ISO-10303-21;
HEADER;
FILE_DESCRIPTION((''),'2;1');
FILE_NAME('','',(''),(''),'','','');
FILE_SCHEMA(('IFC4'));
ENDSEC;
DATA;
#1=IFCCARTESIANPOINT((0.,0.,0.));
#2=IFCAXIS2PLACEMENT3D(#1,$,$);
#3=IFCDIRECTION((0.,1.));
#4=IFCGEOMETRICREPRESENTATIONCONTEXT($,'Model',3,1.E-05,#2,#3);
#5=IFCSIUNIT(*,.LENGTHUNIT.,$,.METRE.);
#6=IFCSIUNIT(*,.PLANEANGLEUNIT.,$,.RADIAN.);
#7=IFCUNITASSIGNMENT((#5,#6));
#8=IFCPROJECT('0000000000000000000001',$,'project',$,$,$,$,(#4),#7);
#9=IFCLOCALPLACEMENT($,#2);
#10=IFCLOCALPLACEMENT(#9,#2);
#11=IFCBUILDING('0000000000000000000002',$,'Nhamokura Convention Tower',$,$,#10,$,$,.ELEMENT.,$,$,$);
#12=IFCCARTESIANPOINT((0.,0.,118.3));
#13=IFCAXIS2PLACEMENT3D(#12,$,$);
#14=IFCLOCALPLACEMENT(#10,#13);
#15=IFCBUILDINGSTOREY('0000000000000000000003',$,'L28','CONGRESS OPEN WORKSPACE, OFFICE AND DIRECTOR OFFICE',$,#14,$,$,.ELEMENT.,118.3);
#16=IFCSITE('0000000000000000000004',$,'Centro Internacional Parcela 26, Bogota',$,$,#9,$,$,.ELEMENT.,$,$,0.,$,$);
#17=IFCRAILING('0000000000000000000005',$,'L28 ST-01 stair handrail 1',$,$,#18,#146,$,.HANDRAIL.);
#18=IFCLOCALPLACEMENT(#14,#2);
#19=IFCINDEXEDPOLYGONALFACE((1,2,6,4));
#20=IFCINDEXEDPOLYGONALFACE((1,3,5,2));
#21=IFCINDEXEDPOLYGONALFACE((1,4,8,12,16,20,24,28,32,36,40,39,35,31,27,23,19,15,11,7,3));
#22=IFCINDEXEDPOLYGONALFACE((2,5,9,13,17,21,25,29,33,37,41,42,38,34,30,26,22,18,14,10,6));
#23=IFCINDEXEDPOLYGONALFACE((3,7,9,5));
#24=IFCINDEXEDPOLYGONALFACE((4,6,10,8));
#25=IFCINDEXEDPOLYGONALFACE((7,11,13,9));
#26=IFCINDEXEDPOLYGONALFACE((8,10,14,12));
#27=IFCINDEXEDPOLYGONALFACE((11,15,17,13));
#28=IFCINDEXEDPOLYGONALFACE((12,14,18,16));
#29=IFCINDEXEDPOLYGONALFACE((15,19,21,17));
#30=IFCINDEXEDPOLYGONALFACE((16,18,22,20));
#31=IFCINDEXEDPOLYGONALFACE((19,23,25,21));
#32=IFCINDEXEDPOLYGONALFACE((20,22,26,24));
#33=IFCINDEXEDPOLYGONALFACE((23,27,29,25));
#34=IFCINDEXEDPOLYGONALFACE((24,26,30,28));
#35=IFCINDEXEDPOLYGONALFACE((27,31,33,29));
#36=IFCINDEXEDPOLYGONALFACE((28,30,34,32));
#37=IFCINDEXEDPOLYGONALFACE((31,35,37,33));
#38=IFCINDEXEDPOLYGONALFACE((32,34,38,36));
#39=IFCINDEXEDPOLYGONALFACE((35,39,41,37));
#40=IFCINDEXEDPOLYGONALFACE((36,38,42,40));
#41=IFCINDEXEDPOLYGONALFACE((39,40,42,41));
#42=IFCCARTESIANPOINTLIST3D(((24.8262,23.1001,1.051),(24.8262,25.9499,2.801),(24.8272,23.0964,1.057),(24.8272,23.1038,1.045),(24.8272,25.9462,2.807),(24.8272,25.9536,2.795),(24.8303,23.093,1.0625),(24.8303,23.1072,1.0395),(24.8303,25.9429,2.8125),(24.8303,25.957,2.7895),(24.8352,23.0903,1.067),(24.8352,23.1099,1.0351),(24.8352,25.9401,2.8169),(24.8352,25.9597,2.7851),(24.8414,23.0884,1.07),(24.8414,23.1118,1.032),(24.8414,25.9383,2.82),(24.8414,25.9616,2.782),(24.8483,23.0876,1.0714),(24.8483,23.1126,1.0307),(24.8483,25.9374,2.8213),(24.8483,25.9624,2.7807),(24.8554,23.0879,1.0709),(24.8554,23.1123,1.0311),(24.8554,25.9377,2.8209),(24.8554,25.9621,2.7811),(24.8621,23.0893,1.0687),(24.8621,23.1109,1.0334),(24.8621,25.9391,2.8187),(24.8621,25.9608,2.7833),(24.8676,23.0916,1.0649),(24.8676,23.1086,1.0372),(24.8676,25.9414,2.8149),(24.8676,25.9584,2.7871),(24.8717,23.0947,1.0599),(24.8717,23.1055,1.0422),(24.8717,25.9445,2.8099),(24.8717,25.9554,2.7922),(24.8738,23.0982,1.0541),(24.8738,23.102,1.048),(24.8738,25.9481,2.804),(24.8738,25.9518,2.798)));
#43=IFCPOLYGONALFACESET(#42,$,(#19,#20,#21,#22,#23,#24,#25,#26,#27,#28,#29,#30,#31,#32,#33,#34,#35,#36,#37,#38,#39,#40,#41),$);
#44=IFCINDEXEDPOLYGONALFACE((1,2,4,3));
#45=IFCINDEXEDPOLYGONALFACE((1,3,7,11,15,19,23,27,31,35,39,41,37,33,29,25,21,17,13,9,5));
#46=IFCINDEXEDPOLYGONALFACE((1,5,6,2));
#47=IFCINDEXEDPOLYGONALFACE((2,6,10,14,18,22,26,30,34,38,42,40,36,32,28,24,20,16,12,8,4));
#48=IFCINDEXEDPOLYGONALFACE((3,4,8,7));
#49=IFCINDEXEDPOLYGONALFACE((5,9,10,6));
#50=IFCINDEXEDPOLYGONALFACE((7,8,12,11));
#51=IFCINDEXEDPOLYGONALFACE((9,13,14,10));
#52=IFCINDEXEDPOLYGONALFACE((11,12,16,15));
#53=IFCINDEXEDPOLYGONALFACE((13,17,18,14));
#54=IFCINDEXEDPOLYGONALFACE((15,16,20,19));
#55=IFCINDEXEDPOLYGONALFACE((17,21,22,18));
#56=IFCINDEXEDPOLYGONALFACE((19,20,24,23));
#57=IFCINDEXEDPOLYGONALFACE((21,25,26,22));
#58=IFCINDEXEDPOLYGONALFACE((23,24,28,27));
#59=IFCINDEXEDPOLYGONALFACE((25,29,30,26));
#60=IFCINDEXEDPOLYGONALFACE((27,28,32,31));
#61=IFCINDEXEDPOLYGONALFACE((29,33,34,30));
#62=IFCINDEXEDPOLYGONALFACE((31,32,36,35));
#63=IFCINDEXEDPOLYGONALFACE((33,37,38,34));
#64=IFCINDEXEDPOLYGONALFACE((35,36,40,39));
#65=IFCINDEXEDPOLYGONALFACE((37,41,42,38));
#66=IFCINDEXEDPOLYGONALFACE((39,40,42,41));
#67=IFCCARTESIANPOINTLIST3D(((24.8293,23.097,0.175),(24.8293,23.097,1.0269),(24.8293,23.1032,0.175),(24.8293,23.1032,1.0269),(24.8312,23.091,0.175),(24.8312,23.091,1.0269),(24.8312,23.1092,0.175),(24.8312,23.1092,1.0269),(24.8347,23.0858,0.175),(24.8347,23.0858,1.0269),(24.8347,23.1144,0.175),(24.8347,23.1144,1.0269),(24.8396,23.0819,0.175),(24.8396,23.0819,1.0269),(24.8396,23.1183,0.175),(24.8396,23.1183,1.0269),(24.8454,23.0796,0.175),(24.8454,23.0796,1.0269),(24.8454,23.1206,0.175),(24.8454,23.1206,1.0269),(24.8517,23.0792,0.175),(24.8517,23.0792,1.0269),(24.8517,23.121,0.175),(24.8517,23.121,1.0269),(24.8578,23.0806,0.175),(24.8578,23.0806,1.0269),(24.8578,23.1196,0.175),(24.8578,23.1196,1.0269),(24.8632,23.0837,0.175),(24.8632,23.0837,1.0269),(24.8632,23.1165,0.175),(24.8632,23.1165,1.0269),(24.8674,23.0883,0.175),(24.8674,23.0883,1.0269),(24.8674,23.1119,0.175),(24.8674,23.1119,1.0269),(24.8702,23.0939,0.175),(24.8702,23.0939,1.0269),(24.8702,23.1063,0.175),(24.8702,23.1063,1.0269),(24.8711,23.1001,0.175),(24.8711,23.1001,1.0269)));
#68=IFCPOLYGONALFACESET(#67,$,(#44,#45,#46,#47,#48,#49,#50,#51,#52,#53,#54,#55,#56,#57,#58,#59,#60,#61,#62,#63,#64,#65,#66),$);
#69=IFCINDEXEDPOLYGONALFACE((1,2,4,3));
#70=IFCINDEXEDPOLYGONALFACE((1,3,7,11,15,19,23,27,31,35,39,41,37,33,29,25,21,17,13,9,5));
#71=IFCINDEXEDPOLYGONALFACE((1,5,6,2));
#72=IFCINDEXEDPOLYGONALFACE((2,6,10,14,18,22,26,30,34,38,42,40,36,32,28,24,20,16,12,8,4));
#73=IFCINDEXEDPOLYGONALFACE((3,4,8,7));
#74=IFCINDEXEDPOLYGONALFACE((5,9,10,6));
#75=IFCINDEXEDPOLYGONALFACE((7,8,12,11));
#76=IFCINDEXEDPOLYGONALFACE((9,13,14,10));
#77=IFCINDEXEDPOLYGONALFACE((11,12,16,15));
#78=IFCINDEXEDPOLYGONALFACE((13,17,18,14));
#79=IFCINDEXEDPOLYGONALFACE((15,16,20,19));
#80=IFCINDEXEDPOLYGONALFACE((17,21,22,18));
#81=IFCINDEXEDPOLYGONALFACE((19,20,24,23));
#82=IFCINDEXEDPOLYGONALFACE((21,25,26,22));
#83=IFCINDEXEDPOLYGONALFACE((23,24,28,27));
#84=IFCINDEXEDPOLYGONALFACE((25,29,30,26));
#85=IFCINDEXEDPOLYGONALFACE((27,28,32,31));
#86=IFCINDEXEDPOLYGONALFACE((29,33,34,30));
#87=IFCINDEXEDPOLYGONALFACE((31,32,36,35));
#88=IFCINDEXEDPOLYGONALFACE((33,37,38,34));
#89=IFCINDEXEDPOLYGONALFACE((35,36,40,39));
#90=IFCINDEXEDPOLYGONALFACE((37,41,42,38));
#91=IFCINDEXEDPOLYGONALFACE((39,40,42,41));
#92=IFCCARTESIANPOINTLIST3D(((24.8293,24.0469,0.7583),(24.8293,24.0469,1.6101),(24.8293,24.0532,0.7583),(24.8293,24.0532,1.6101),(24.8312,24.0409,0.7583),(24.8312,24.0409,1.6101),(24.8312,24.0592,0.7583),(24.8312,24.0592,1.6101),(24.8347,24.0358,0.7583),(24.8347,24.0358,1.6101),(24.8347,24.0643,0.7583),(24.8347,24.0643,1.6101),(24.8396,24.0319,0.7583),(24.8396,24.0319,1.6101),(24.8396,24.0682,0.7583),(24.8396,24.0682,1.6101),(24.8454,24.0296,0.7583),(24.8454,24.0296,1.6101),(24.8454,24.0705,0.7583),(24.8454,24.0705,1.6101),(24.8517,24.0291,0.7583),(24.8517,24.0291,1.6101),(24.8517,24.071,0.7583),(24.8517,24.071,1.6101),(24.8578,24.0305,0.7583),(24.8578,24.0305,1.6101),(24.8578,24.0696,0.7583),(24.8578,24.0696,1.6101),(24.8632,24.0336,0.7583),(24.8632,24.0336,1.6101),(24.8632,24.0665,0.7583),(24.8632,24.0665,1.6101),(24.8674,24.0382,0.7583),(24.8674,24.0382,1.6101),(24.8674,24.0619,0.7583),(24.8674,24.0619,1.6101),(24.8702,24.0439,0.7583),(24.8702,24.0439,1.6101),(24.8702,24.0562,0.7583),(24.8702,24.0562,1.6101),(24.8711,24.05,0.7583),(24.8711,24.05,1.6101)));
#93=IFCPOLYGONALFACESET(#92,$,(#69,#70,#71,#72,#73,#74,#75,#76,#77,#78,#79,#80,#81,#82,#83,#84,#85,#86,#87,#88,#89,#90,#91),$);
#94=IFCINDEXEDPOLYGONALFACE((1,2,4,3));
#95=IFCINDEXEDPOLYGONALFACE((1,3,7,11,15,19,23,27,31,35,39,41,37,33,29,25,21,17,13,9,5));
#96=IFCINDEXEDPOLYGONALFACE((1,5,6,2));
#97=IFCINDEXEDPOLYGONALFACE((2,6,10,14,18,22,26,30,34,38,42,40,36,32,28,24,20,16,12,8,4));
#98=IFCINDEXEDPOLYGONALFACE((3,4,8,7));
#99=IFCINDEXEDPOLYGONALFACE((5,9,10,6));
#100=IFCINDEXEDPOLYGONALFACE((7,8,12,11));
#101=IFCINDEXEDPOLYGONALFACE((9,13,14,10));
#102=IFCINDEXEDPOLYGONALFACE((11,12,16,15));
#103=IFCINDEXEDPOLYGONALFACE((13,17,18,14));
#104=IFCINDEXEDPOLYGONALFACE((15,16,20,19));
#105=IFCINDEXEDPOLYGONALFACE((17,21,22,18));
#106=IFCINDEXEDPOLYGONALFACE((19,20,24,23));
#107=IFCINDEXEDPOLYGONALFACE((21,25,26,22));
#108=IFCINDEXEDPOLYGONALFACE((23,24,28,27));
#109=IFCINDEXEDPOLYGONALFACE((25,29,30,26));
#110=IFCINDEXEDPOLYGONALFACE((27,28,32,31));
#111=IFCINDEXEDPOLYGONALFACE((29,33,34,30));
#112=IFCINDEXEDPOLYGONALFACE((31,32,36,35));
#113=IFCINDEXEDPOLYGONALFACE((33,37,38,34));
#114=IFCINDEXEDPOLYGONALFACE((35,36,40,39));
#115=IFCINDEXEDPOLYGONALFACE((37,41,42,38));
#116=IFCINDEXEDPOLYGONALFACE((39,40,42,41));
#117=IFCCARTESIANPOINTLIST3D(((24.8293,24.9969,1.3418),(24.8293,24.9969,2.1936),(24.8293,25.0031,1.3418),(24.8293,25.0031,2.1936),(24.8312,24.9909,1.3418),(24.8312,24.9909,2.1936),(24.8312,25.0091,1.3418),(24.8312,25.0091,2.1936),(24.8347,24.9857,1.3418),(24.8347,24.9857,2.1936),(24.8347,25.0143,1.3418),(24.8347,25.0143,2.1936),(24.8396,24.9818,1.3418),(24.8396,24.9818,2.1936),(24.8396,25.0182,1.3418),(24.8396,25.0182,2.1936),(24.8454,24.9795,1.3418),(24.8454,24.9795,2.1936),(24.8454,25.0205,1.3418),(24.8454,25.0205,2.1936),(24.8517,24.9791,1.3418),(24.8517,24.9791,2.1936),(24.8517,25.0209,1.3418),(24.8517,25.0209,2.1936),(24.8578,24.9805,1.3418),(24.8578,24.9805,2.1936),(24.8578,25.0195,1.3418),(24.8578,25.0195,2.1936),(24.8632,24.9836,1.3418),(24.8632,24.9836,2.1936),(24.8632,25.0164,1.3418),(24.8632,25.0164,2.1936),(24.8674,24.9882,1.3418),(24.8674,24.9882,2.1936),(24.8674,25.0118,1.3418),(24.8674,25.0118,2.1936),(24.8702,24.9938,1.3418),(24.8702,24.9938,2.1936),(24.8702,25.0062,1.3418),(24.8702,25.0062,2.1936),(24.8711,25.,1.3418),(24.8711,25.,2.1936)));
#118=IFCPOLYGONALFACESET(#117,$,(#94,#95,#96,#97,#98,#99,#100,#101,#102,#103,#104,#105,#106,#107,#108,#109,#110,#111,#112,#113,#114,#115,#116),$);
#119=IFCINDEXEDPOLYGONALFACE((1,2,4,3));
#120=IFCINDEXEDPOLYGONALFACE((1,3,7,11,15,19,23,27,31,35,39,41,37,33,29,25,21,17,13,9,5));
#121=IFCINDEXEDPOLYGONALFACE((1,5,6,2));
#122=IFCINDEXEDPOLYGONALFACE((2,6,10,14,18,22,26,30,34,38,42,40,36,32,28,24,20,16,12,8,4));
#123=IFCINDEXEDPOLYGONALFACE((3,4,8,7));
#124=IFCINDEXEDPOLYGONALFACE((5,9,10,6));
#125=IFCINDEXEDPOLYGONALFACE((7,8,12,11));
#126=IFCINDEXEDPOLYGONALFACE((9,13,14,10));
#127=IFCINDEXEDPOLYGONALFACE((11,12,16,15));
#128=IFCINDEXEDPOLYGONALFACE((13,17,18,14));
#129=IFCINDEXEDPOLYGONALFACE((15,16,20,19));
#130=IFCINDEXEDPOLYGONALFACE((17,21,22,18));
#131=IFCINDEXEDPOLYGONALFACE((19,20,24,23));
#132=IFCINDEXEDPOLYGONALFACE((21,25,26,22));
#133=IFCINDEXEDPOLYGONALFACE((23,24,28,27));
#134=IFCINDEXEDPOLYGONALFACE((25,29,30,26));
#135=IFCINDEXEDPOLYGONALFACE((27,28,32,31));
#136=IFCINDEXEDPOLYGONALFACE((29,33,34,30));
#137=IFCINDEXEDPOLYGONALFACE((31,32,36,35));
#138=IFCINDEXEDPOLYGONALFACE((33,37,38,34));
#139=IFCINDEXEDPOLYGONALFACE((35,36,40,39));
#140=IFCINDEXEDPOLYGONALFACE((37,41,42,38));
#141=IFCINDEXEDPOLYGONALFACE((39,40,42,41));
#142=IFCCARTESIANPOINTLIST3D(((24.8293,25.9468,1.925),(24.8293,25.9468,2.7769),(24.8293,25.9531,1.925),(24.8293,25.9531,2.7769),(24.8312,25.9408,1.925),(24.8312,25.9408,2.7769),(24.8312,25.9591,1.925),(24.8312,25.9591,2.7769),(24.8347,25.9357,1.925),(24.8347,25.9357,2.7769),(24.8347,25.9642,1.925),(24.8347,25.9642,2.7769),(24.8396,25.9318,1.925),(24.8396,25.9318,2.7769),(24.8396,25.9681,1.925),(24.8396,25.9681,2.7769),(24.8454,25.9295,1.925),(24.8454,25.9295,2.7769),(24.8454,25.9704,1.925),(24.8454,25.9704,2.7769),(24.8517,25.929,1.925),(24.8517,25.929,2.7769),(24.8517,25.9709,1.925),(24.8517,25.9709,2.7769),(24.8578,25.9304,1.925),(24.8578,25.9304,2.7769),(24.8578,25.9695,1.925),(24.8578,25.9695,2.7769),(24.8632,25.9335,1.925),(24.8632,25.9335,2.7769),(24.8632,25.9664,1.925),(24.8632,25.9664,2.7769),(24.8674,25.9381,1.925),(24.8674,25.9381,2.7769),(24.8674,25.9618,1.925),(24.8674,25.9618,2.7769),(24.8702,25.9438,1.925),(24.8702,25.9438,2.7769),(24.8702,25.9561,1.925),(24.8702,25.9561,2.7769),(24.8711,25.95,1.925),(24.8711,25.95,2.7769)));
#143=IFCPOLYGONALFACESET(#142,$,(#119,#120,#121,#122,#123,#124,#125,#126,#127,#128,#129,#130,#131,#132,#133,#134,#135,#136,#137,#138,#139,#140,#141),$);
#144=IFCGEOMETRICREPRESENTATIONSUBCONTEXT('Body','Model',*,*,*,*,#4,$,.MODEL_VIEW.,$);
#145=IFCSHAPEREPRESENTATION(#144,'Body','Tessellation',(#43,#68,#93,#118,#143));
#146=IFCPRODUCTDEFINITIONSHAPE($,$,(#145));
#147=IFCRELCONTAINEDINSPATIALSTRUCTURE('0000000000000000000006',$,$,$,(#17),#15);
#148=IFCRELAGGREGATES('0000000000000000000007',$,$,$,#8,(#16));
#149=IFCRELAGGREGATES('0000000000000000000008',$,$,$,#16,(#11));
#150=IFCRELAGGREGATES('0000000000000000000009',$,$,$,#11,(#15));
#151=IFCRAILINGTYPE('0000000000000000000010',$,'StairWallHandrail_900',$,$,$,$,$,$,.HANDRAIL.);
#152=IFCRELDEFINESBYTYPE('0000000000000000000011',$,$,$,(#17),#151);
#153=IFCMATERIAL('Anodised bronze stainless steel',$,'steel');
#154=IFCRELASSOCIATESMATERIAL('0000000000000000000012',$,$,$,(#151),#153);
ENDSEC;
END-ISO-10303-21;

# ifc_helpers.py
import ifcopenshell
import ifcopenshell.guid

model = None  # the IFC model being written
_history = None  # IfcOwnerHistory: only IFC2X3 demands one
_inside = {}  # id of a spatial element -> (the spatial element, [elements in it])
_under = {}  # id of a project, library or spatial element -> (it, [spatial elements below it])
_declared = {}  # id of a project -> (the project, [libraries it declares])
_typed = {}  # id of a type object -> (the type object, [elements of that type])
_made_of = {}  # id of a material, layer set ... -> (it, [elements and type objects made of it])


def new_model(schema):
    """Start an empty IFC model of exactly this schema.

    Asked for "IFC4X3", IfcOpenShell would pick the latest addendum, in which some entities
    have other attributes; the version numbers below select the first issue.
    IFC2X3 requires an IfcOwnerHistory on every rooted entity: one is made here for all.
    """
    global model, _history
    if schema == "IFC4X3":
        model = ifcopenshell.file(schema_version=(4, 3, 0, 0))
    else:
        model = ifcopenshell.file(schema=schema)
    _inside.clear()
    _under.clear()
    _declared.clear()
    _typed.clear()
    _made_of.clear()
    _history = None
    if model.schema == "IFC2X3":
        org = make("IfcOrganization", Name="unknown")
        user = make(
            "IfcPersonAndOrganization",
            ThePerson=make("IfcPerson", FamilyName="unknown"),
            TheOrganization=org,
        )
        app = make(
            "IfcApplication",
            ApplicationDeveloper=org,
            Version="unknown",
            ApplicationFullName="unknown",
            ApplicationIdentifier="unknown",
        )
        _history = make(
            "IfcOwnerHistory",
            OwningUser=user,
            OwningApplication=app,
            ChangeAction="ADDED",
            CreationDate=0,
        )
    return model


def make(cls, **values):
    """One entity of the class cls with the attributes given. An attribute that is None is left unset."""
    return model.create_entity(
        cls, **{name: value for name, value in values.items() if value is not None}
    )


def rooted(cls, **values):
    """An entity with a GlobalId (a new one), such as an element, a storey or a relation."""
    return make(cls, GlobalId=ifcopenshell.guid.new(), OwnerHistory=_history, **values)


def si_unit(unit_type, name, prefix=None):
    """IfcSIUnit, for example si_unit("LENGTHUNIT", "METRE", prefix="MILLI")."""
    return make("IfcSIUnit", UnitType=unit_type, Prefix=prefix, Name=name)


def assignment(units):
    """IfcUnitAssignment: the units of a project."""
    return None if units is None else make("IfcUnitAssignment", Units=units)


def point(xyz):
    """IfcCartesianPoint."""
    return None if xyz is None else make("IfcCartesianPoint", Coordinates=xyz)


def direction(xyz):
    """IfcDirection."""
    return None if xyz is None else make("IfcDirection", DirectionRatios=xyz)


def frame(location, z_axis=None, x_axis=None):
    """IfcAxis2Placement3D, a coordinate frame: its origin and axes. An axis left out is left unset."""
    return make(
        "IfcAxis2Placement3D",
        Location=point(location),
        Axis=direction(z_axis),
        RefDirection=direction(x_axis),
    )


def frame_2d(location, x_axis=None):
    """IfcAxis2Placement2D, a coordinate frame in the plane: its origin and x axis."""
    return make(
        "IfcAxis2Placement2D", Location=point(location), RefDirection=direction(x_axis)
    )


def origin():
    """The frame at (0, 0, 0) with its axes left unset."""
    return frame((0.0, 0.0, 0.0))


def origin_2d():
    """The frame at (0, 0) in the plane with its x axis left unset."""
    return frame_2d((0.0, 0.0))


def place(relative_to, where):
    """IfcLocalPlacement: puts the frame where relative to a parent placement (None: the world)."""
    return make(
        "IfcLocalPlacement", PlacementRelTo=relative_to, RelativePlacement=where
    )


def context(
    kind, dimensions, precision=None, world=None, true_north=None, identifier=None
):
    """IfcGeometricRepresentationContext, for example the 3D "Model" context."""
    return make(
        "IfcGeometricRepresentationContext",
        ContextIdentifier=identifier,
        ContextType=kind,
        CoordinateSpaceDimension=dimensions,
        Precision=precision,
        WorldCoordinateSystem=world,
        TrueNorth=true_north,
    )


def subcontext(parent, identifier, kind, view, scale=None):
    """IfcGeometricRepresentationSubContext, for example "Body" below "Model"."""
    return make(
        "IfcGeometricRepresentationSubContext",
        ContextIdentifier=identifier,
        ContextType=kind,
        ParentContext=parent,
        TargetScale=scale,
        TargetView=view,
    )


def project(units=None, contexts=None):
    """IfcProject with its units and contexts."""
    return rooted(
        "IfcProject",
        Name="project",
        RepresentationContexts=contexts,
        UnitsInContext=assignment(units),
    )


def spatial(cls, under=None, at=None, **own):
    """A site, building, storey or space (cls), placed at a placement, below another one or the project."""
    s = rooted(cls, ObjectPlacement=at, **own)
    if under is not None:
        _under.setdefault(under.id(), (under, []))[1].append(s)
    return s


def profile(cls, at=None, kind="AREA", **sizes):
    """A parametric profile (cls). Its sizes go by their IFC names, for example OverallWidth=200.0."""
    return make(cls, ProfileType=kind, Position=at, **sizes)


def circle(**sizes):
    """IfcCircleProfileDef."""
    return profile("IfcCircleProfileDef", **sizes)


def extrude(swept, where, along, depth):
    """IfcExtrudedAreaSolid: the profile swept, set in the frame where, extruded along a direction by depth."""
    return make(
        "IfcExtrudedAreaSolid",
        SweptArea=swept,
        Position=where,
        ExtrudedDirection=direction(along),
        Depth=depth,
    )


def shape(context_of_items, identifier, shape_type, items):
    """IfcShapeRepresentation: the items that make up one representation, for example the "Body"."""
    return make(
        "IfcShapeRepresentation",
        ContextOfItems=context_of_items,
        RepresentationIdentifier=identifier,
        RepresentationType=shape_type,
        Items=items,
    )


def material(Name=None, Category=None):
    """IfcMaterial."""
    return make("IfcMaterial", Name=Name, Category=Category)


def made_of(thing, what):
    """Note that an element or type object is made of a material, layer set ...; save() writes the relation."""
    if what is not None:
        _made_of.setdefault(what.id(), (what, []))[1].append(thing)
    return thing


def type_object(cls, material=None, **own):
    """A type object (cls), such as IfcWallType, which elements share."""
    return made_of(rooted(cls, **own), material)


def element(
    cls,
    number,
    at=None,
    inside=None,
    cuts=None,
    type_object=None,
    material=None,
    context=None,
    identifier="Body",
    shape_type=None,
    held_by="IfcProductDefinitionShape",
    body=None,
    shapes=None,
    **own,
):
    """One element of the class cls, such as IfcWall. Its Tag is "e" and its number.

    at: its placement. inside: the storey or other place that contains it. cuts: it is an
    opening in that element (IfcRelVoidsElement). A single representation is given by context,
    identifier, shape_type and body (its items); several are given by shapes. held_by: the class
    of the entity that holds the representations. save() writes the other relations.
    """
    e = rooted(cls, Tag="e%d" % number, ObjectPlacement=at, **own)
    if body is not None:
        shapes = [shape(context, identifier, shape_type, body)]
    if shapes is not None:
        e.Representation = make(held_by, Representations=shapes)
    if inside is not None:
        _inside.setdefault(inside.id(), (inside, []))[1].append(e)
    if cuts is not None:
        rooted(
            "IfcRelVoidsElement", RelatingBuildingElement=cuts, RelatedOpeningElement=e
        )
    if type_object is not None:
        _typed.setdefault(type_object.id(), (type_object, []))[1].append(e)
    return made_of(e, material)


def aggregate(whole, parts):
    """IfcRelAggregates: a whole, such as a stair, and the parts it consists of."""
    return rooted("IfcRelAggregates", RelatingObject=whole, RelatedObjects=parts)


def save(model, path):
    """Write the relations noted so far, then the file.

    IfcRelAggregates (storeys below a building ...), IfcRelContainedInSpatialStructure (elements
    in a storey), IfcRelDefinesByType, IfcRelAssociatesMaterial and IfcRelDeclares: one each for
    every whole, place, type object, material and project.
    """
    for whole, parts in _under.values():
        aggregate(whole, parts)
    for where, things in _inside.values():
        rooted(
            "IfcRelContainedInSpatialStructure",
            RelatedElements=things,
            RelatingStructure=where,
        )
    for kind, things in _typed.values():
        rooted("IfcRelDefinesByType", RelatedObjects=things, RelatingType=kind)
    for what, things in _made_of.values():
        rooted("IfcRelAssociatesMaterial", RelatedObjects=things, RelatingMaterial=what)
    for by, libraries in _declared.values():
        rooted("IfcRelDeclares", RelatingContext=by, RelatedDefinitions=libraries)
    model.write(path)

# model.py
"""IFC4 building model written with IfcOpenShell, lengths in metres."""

from ifc_helpers import new_model, si_unit, direction, frame, origin, origin_2d, place, context, subcontext, project, spatial, circle, extrude, material, type_object, element, save


model = new_model("IFC4")

# Units and contexts
model_context = context("Model", 3, precision=1e-05, world=origin(), true_north=direction((0.0, 1.0)))
body_context = subcontext(model_context, "Body", "Model", "MODEL_VIEW")
ifc_project = project(units=[si_unit("LENGTHUNIT", "METRE"), si_unit("PLANEANGLEUNIT", "RADIAN")], contexts=[model_context])

# Site, building, storey
site_placement = place(None, origin())
site = spatial("IfcSite", under=ifc_project, at=site_placement, Name="Centro Internacional Parcela 26, Bogota", CompositionType="ELEMENT", RefElevation=0.0)
building_placement = place(site_placement, origin())
building = spatial("IfcBuilding", under=site, at=building_placement, Name="Nhamokura Convention Tower", CompositionType="ELEMENT")
storey_placement = place(building_placement, frame((0.0, 0.0, 118.3)))
storey = spatial("IfcBuildingStorey", under=building, at=storey_placement, Name="L28", Description="CONGRESS OPEN WORKSPACE, OFFICE AND DIRECTOR OFFICE", CompositionType="ELEMENT", Elevation=118.3)

# Railing
ifc_material_1 = material(Name="Anodised bronze stainless steel", Category="steel")
railing_type_1 = type_object("IfcRailingType", Name="StairWallHandrail_900", PredefinedType="HANDRAIL", material=ifc_material_1)
railing_1_placement = place(storey_placement, frame((24.8501, 23.1001, 0.175)))
element("IfcRailing", 1, at=railing_1_placement, inside=storey, type_object=railing_type_1, Name="L28 ST-01 stair handrail 1", PredefinedType="HANDRAIL", context=body_context, shape_type="SweptSolid", body=[
    extrude(circle(Radius=0.0239, at=origin_2d()), frame((0.0, 0.0, 0.876), z_axis=(0.0, 0.852159, 0.523283), x_axis=(-1.0, 0.0, 0.0)), (0.0, 0.0, 1.0), 3.3442),
    extrude(circle(Radius=0.021, at=origin_2d()), origin(), (0.0, 0.0, 1.0), 0.8518),
    extrude(circle(Radius=0.021, at=origin_2d()), frame((0.0, 0.95, 0.5833)), (0.0, 0.0, 1.0), 0.8518),
    extrude(circle(Radius=0.021, at=origin_2d()), frame((0.0, 1.8999, 1.1667)), (0.0, 0.0, 1.0), 0.8518),
    extrude(circle(Radius=0.021, at=origin_2d()), frame((0.0, 2.8499, 1.75)), (0.0, 0.0, 1.0), 0.8518),
])

save(model, "model.ifc")
